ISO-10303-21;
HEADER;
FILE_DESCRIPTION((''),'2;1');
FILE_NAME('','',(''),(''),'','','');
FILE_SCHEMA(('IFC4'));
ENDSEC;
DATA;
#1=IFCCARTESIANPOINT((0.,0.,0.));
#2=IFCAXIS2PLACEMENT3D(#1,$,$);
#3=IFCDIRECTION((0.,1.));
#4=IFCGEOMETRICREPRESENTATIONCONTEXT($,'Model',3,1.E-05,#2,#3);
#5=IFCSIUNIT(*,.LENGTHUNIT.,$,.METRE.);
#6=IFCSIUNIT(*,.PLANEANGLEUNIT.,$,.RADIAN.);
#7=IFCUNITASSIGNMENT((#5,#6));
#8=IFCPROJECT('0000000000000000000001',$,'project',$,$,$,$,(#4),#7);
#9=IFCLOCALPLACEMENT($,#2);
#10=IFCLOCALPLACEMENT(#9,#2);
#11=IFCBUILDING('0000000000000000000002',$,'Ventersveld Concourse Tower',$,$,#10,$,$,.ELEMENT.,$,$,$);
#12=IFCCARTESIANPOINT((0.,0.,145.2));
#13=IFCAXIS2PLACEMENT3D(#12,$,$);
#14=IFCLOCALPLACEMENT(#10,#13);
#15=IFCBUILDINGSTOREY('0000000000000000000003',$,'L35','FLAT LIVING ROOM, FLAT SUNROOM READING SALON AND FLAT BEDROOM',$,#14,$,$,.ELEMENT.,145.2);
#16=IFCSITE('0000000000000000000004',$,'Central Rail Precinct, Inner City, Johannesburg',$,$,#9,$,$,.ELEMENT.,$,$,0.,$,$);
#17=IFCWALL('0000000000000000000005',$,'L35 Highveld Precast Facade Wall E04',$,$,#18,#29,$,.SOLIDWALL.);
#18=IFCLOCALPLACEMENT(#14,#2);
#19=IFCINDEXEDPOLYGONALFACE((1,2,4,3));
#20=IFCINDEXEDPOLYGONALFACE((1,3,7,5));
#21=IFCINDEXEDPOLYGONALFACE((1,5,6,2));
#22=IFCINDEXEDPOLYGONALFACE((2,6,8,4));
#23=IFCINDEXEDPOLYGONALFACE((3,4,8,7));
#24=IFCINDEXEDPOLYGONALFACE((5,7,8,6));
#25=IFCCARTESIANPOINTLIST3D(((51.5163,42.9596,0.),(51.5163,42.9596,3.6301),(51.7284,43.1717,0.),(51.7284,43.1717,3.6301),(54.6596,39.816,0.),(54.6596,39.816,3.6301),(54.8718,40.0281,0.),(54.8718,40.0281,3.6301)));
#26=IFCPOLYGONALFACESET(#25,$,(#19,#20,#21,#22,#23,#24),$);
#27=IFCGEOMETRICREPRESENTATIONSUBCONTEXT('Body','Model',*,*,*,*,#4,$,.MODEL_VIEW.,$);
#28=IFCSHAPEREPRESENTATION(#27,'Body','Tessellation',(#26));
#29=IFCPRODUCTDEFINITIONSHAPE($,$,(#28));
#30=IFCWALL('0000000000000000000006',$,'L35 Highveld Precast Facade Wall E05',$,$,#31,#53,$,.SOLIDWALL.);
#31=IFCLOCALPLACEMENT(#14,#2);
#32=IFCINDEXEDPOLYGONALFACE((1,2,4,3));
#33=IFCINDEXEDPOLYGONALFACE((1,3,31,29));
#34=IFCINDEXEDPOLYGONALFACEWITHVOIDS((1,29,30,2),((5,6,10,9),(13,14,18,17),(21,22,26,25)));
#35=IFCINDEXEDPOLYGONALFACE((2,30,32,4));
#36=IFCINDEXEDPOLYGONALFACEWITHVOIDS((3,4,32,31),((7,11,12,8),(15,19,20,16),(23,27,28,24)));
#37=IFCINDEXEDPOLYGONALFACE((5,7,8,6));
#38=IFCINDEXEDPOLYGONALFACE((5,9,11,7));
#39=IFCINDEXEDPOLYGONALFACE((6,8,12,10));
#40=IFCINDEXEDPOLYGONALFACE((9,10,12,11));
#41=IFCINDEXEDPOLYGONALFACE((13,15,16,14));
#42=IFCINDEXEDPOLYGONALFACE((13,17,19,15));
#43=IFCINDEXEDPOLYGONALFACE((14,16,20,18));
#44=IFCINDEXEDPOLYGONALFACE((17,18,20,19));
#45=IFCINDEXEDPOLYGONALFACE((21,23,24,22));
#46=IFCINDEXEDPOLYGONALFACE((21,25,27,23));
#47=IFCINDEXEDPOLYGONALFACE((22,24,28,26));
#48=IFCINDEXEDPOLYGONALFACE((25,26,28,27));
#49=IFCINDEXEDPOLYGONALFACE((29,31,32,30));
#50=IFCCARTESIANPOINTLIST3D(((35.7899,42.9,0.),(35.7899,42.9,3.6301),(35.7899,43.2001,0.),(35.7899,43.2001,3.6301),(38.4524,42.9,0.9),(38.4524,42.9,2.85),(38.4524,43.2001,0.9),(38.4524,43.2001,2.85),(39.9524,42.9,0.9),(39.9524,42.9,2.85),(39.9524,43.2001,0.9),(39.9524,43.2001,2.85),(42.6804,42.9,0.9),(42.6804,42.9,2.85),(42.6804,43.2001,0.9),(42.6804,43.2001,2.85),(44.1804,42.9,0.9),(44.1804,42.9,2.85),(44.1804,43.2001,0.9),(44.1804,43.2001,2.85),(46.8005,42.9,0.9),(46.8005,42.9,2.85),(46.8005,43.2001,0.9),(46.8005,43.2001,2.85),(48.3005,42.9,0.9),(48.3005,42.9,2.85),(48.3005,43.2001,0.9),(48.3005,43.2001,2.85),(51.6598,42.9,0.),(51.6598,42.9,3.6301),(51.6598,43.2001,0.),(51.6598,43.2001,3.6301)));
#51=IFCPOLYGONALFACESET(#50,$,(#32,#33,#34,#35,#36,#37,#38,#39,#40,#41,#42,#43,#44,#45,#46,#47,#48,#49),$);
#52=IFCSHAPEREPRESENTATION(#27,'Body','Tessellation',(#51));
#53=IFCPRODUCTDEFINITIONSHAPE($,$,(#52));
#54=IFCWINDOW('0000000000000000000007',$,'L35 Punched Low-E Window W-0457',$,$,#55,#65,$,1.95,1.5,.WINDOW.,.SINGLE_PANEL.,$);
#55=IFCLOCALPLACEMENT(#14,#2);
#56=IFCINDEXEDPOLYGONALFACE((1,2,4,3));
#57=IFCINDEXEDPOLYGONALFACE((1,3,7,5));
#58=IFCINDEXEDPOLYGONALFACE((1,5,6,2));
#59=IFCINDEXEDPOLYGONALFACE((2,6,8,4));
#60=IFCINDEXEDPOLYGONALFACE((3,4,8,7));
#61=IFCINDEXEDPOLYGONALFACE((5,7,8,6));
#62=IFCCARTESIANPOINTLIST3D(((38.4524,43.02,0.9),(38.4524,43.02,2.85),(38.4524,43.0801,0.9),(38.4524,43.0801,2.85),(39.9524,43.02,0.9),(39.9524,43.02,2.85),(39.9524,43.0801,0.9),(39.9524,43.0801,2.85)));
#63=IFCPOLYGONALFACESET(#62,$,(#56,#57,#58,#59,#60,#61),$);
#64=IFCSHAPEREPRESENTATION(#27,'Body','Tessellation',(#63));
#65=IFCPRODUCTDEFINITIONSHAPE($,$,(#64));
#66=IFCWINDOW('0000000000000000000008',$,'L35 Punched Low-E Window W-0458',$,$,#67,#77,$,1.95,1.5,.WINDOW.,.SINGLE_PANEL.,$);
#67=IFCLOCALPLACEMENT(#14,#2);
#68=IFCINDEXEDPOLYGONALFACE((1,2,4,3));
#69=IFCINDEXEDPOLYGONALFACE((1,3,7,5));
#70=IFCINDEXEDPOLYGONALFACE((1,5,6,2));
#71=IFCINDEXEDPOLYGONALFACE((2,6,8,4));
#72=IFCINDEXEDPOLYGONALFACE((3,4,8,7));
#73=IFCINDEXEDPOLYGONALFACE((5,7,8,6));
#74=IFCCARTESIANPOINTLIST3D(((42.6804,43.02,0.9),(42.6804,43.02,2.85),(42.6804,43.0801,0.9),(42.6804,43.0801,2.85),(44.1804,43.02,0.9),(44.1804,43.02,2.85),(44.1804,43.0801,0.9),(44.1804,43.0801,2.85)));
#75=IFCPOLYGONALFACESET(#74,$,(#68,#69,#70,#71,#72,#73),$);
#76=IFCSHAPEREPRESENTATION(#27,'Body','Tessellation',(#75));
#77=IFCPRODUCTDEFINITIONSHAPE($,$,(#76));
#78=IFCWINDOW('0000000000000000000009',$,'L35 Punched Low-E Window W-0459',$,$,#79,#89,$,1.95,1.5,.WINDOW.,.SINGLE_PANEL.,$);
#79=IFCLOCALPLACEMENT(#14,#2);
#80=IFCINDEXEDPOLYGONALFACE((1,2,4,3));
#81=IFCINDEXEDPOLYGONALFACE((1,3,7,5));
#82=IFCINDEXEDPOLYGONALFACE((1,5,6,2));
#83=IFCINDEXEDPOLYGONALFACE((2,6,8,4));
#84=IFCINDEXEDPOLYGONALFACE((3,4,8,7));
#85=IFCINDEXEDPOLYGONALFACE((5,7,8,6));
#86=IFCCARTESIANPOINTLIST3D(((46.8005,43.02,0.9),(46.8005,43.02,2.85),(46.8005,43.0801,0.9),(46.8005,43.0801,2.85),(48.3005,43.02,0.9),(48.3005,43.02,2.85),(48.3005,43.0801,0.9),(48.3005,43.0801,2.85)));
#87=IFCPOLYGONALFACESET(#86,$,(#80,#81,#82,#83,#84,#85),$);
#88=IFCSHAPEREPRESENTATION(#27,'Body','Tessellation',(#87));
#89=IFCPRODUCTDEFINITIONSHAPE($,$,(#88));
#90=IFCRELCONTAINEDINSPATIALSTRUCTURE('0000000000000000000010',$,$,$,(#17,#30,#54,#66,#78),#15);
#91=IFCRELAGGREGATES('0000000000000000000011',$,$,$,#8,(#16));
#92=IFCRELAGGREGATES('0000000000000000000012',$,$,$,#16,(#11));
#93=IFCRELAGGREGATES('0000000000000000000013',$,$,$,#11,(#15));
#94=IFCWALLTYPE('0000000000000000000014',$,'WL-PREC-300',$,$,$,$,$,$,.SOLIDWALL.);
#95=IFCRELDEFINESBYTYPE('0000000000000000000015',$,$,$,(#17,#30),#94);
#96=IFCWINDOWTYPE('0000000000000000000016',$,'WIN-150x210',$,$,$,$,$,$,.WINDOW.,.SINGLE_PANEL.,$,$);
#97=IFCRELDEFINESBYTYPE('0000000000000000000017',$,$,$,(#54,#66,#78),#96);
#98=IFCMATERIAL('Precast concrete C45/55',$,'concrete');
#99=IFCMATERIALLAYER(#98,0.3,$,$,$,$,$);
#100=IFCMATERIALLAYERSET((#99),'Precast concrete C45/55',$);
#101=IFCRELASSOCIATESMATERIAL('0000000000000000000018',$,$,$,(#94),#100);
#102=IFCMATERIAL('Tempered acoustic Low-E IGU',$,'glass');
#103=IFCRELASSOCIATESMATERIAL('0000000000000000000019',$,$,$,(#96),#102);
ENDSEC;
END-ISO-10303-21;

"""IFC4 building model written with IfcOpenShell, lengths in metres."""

from ifc_helpers import new_model, si_unit, direction, frame, frame_2d, origin, place, context, subcontext, project, spatial, rectangle, extrude, material, layer, layer_set, type_object, element, fill, save


model = new_model("IFC4")

# Units and contexts
model_context = context("Model", 3, precision=1e-05, world=origin(), true_north=direction((0.0, 1.0)))
body_context = subcontext(model_context, "Body", "Model", "MODEL_VIEW")
ifc_project = project(units=[si_unit("LENGTHUNIT", "METRE"), si_unit("PLANEANGLEUNIT", "RADIAN")], contexts=[model_context])

# Site, building, storey
site_placement = place(None, origin())
site = spatial("IfcSite", under=ifc_project, at=site_placement, Name="Central Rail Precinct, Inner City, Johannesburg", CompositionType="ELEMENT", RefElevation=0.0)
building_placement = place(site_placement, origin())
building = spatial("IfcBuilding", under=site, at=building_placement, Name="Ventersveld Concourse Tower", CompositionType="ELEMENT")
storey_placement = place(building_placement, frame((0.0, 0.0, 145.2)))
storey = spatial("IfcBuildingStorey", under=building, at=storey_placement, Name="L35", Description="FLAT LIVING ROOM, FLAT SUNROOM READING SALON AND FLAT BEDROOM", CompositionType="ELEMENT", Elevation=145.2)

# Wall
ifc_material_1 = material(Name="Precast concrete C45/55", Category="concrete")
ifc_layer_1 = layer(ifc_material_1, 0.3)
ifc_layer_set_1 = layer_set([ifc_layer_1], Name="Precast concrete C45/55")
wall_type_1 = type_object("IfcWallType", Name="WL-PREC-300", PredefinedType="SOLIDWALL", material=ifc_layer_set_1)
wall_1_placement = place(storey_placement, frame((54.7656, 39.9221, 0.0), z_axis=(0.0, 0.0, 1.0), x_axis=(-0.707079, 0.707134, 0.0)))
element("IfcWall", 1, at=wall_1_placement, inside=storey, type_object=wall_type_1, Name="L35 Highveld Precast Facade Wall E04", PredefinedType="SOLIDWALL", context=body_context, shape_type="SweptSolid", body=[
    extrude(rectangle(XDim=4.4456, YDim=0.3, at=frame_2d((2.2227, 0.0))), origin(), (0.0, 0.0, 1.0), 3.6301),
])

# Wall, openings, windows
wall_2_placement = place(storey_placement, frame((51.6599, 43.05, 0.0), z_axis=(0.0, 0.0, 1.0), x_axis=(-1.0, 0.0, 0.0)))
wall_2 = element("IfcWall", 2, at=wall_2_placement, inside=storey, type_object=wall_type_1, Name="L35 Highveld Precast Facade Wall E05", PredefinedType="SOLIDWALL", context=body_context, shape_type="SweptSolid", body=[
    extrude(rectangle(XDim=15.8699, YDim=0.3, at=frame_2d((7.9351, 0.0))), origin(), (0.0, 0.0, 1.0), 3.6301),
])
opening_1_placement = place(wall_2_placement, frame((11.7075, 0.0, 0.8999)))
opening_1 = element("IfcOpeningElement", 3, at=opening_1_placement, cuts=wall_2, PredefinedType="OPENING", context=body_context, shape_type="SweptSolid", body=[
    extrude(rectangle(XDim=1.5, YDim=1.95, at=frame_2d((0.75, 0.9751))), frame((0.0, 0.1602, 0.0), z_axis=(0.0, -1.0, 0.0), x_axis=(1.0, 0.0, 0.0)), (0.0, 0.0, 1.0), 0.3201),
])
opening_2_placement = place(wall_2_placement, frame((7.4795, 0.0, 0.8999)))
opening_2 = element("IfcOpeningElement", 4, at=opening_2_placement, cuts=wall_2, PredefinedType="OPENING", context=body_context, shape_type="SweptSolid", body=[
    extrude(rectangle(XDim=1.5, YDim=1.95, at=frame_2d((0.75, 0.9751))), frame((0.0, 0.1602, 0.0), z_axis=(0.0, -1.0, 0.0), x_axis=(1.0, 0.0, 0.0)), (0.0, 0.0, 1.0), 0.3201),
])
opening_3_placement = place(wall_2_placement, frame((3.3594, 0.0, 0.8999)))
opening_3 = element("IfcOpeningElement", 5, at=opening_3_placement, cuts=wall_2, PredefinedType="OPENING", context=body_context, shape_type="SweptSolid", body=[
    extrude(rectangle(XDim=1.5, YDim=1.95, at=frame_2d((0.75, 0.9751))), frame((0.0, 0.1602, 0.0), z_axis=(0.0, -1.0, 0.0), x_axis=(1.0, 0.0, 0.0)), (0.0, 0.0, 1.0), 0.3201),
])
ifc_material_2 = material(Name="Tempered acoustic Low-E IGU", Category="glass")
window_type = type_object("IfcWindowType", Name="WIN-150x210", PartitioningType="SINGLE_PANEL", PredefinedType="WINDOW", material=ifc_material_2)
window_1_placement = place(opening_1_placement, origin())
window_1 = element("IfcWindow", 6, at=window_1_placement, inside=storey, type_object=window_type, Name="L35 Punched Low-E Window W-0457", OverallHeight=1.95, OverallWidth=1.5, PartitioningType="SINGLE_PANEL", PredefinedType="WINDOW", context=body_context, shape_type="SweptSolid", body=[
    extrude(rectangle(XDim=1.5, YDim=1.95, at=frame_2d((0.75, 0.9751))), frame((0.0, 0.03, 0.0), z_axis=(0.0, -1.0, 0.0), x_axis=(1.0, 0.0, 0.0)), (0.0, 0.0, 1.0), 0.0601),
])
fill(opening_1, window_1)
window_2_placement = place(opening_2_placement, origin())
window_2 = element("IfcWindow", 7, at=window_2_placement, inside=storey, type_object=window_type, Name="L35 Punched Low-E Window W-0458", OverallHeight=1.95, OverallWidth=1.5, PartitioningType="SINGLE_PANEL", PredefinedType="WINDOW", context=body_context, shape_type="SweptSolid", body=[
    extrude(rectangle(XDim=1.5, YDim=1.95, at=frame_2d((0.75, 0.9751))), frame((0.0, 0.03, 0.0), z_axis=(0.0, -1.0, 0.0), x_axis=(1.0, 0.0, 0.0)), (0.0, 0.0, 1.0), 0.0601),
])
fill(opening_2, window_2)
window_3_placement = place(opening_3_placement, origin())
window_3 = element("IfcWindow", 8, at=window_3_placement, inside=storey, type_object=window_type, Name="L35 Punched Low-E Window W-0459", OverallHeight=1.95, OverallWidth=1.5, PartitioningType="SINGLE_PANEL", PredefinedType="WINDOW", context=body_context, shape_type="SweptSolid", body=[
    extrude(rectangle(XDim=1.5, YDim=1.95, at=frame_2d((0.75, 0.9751))), frame((0.0, 0.03, 0.0), z_axis=(0.0, -1.0, 0.0), x_axis=(1.0, 0.0, 0.0)), (0.0, 0.0, 1.0), 0.0601),
])
fill(opening_3, window_3)

save(model, "model.ifc")
